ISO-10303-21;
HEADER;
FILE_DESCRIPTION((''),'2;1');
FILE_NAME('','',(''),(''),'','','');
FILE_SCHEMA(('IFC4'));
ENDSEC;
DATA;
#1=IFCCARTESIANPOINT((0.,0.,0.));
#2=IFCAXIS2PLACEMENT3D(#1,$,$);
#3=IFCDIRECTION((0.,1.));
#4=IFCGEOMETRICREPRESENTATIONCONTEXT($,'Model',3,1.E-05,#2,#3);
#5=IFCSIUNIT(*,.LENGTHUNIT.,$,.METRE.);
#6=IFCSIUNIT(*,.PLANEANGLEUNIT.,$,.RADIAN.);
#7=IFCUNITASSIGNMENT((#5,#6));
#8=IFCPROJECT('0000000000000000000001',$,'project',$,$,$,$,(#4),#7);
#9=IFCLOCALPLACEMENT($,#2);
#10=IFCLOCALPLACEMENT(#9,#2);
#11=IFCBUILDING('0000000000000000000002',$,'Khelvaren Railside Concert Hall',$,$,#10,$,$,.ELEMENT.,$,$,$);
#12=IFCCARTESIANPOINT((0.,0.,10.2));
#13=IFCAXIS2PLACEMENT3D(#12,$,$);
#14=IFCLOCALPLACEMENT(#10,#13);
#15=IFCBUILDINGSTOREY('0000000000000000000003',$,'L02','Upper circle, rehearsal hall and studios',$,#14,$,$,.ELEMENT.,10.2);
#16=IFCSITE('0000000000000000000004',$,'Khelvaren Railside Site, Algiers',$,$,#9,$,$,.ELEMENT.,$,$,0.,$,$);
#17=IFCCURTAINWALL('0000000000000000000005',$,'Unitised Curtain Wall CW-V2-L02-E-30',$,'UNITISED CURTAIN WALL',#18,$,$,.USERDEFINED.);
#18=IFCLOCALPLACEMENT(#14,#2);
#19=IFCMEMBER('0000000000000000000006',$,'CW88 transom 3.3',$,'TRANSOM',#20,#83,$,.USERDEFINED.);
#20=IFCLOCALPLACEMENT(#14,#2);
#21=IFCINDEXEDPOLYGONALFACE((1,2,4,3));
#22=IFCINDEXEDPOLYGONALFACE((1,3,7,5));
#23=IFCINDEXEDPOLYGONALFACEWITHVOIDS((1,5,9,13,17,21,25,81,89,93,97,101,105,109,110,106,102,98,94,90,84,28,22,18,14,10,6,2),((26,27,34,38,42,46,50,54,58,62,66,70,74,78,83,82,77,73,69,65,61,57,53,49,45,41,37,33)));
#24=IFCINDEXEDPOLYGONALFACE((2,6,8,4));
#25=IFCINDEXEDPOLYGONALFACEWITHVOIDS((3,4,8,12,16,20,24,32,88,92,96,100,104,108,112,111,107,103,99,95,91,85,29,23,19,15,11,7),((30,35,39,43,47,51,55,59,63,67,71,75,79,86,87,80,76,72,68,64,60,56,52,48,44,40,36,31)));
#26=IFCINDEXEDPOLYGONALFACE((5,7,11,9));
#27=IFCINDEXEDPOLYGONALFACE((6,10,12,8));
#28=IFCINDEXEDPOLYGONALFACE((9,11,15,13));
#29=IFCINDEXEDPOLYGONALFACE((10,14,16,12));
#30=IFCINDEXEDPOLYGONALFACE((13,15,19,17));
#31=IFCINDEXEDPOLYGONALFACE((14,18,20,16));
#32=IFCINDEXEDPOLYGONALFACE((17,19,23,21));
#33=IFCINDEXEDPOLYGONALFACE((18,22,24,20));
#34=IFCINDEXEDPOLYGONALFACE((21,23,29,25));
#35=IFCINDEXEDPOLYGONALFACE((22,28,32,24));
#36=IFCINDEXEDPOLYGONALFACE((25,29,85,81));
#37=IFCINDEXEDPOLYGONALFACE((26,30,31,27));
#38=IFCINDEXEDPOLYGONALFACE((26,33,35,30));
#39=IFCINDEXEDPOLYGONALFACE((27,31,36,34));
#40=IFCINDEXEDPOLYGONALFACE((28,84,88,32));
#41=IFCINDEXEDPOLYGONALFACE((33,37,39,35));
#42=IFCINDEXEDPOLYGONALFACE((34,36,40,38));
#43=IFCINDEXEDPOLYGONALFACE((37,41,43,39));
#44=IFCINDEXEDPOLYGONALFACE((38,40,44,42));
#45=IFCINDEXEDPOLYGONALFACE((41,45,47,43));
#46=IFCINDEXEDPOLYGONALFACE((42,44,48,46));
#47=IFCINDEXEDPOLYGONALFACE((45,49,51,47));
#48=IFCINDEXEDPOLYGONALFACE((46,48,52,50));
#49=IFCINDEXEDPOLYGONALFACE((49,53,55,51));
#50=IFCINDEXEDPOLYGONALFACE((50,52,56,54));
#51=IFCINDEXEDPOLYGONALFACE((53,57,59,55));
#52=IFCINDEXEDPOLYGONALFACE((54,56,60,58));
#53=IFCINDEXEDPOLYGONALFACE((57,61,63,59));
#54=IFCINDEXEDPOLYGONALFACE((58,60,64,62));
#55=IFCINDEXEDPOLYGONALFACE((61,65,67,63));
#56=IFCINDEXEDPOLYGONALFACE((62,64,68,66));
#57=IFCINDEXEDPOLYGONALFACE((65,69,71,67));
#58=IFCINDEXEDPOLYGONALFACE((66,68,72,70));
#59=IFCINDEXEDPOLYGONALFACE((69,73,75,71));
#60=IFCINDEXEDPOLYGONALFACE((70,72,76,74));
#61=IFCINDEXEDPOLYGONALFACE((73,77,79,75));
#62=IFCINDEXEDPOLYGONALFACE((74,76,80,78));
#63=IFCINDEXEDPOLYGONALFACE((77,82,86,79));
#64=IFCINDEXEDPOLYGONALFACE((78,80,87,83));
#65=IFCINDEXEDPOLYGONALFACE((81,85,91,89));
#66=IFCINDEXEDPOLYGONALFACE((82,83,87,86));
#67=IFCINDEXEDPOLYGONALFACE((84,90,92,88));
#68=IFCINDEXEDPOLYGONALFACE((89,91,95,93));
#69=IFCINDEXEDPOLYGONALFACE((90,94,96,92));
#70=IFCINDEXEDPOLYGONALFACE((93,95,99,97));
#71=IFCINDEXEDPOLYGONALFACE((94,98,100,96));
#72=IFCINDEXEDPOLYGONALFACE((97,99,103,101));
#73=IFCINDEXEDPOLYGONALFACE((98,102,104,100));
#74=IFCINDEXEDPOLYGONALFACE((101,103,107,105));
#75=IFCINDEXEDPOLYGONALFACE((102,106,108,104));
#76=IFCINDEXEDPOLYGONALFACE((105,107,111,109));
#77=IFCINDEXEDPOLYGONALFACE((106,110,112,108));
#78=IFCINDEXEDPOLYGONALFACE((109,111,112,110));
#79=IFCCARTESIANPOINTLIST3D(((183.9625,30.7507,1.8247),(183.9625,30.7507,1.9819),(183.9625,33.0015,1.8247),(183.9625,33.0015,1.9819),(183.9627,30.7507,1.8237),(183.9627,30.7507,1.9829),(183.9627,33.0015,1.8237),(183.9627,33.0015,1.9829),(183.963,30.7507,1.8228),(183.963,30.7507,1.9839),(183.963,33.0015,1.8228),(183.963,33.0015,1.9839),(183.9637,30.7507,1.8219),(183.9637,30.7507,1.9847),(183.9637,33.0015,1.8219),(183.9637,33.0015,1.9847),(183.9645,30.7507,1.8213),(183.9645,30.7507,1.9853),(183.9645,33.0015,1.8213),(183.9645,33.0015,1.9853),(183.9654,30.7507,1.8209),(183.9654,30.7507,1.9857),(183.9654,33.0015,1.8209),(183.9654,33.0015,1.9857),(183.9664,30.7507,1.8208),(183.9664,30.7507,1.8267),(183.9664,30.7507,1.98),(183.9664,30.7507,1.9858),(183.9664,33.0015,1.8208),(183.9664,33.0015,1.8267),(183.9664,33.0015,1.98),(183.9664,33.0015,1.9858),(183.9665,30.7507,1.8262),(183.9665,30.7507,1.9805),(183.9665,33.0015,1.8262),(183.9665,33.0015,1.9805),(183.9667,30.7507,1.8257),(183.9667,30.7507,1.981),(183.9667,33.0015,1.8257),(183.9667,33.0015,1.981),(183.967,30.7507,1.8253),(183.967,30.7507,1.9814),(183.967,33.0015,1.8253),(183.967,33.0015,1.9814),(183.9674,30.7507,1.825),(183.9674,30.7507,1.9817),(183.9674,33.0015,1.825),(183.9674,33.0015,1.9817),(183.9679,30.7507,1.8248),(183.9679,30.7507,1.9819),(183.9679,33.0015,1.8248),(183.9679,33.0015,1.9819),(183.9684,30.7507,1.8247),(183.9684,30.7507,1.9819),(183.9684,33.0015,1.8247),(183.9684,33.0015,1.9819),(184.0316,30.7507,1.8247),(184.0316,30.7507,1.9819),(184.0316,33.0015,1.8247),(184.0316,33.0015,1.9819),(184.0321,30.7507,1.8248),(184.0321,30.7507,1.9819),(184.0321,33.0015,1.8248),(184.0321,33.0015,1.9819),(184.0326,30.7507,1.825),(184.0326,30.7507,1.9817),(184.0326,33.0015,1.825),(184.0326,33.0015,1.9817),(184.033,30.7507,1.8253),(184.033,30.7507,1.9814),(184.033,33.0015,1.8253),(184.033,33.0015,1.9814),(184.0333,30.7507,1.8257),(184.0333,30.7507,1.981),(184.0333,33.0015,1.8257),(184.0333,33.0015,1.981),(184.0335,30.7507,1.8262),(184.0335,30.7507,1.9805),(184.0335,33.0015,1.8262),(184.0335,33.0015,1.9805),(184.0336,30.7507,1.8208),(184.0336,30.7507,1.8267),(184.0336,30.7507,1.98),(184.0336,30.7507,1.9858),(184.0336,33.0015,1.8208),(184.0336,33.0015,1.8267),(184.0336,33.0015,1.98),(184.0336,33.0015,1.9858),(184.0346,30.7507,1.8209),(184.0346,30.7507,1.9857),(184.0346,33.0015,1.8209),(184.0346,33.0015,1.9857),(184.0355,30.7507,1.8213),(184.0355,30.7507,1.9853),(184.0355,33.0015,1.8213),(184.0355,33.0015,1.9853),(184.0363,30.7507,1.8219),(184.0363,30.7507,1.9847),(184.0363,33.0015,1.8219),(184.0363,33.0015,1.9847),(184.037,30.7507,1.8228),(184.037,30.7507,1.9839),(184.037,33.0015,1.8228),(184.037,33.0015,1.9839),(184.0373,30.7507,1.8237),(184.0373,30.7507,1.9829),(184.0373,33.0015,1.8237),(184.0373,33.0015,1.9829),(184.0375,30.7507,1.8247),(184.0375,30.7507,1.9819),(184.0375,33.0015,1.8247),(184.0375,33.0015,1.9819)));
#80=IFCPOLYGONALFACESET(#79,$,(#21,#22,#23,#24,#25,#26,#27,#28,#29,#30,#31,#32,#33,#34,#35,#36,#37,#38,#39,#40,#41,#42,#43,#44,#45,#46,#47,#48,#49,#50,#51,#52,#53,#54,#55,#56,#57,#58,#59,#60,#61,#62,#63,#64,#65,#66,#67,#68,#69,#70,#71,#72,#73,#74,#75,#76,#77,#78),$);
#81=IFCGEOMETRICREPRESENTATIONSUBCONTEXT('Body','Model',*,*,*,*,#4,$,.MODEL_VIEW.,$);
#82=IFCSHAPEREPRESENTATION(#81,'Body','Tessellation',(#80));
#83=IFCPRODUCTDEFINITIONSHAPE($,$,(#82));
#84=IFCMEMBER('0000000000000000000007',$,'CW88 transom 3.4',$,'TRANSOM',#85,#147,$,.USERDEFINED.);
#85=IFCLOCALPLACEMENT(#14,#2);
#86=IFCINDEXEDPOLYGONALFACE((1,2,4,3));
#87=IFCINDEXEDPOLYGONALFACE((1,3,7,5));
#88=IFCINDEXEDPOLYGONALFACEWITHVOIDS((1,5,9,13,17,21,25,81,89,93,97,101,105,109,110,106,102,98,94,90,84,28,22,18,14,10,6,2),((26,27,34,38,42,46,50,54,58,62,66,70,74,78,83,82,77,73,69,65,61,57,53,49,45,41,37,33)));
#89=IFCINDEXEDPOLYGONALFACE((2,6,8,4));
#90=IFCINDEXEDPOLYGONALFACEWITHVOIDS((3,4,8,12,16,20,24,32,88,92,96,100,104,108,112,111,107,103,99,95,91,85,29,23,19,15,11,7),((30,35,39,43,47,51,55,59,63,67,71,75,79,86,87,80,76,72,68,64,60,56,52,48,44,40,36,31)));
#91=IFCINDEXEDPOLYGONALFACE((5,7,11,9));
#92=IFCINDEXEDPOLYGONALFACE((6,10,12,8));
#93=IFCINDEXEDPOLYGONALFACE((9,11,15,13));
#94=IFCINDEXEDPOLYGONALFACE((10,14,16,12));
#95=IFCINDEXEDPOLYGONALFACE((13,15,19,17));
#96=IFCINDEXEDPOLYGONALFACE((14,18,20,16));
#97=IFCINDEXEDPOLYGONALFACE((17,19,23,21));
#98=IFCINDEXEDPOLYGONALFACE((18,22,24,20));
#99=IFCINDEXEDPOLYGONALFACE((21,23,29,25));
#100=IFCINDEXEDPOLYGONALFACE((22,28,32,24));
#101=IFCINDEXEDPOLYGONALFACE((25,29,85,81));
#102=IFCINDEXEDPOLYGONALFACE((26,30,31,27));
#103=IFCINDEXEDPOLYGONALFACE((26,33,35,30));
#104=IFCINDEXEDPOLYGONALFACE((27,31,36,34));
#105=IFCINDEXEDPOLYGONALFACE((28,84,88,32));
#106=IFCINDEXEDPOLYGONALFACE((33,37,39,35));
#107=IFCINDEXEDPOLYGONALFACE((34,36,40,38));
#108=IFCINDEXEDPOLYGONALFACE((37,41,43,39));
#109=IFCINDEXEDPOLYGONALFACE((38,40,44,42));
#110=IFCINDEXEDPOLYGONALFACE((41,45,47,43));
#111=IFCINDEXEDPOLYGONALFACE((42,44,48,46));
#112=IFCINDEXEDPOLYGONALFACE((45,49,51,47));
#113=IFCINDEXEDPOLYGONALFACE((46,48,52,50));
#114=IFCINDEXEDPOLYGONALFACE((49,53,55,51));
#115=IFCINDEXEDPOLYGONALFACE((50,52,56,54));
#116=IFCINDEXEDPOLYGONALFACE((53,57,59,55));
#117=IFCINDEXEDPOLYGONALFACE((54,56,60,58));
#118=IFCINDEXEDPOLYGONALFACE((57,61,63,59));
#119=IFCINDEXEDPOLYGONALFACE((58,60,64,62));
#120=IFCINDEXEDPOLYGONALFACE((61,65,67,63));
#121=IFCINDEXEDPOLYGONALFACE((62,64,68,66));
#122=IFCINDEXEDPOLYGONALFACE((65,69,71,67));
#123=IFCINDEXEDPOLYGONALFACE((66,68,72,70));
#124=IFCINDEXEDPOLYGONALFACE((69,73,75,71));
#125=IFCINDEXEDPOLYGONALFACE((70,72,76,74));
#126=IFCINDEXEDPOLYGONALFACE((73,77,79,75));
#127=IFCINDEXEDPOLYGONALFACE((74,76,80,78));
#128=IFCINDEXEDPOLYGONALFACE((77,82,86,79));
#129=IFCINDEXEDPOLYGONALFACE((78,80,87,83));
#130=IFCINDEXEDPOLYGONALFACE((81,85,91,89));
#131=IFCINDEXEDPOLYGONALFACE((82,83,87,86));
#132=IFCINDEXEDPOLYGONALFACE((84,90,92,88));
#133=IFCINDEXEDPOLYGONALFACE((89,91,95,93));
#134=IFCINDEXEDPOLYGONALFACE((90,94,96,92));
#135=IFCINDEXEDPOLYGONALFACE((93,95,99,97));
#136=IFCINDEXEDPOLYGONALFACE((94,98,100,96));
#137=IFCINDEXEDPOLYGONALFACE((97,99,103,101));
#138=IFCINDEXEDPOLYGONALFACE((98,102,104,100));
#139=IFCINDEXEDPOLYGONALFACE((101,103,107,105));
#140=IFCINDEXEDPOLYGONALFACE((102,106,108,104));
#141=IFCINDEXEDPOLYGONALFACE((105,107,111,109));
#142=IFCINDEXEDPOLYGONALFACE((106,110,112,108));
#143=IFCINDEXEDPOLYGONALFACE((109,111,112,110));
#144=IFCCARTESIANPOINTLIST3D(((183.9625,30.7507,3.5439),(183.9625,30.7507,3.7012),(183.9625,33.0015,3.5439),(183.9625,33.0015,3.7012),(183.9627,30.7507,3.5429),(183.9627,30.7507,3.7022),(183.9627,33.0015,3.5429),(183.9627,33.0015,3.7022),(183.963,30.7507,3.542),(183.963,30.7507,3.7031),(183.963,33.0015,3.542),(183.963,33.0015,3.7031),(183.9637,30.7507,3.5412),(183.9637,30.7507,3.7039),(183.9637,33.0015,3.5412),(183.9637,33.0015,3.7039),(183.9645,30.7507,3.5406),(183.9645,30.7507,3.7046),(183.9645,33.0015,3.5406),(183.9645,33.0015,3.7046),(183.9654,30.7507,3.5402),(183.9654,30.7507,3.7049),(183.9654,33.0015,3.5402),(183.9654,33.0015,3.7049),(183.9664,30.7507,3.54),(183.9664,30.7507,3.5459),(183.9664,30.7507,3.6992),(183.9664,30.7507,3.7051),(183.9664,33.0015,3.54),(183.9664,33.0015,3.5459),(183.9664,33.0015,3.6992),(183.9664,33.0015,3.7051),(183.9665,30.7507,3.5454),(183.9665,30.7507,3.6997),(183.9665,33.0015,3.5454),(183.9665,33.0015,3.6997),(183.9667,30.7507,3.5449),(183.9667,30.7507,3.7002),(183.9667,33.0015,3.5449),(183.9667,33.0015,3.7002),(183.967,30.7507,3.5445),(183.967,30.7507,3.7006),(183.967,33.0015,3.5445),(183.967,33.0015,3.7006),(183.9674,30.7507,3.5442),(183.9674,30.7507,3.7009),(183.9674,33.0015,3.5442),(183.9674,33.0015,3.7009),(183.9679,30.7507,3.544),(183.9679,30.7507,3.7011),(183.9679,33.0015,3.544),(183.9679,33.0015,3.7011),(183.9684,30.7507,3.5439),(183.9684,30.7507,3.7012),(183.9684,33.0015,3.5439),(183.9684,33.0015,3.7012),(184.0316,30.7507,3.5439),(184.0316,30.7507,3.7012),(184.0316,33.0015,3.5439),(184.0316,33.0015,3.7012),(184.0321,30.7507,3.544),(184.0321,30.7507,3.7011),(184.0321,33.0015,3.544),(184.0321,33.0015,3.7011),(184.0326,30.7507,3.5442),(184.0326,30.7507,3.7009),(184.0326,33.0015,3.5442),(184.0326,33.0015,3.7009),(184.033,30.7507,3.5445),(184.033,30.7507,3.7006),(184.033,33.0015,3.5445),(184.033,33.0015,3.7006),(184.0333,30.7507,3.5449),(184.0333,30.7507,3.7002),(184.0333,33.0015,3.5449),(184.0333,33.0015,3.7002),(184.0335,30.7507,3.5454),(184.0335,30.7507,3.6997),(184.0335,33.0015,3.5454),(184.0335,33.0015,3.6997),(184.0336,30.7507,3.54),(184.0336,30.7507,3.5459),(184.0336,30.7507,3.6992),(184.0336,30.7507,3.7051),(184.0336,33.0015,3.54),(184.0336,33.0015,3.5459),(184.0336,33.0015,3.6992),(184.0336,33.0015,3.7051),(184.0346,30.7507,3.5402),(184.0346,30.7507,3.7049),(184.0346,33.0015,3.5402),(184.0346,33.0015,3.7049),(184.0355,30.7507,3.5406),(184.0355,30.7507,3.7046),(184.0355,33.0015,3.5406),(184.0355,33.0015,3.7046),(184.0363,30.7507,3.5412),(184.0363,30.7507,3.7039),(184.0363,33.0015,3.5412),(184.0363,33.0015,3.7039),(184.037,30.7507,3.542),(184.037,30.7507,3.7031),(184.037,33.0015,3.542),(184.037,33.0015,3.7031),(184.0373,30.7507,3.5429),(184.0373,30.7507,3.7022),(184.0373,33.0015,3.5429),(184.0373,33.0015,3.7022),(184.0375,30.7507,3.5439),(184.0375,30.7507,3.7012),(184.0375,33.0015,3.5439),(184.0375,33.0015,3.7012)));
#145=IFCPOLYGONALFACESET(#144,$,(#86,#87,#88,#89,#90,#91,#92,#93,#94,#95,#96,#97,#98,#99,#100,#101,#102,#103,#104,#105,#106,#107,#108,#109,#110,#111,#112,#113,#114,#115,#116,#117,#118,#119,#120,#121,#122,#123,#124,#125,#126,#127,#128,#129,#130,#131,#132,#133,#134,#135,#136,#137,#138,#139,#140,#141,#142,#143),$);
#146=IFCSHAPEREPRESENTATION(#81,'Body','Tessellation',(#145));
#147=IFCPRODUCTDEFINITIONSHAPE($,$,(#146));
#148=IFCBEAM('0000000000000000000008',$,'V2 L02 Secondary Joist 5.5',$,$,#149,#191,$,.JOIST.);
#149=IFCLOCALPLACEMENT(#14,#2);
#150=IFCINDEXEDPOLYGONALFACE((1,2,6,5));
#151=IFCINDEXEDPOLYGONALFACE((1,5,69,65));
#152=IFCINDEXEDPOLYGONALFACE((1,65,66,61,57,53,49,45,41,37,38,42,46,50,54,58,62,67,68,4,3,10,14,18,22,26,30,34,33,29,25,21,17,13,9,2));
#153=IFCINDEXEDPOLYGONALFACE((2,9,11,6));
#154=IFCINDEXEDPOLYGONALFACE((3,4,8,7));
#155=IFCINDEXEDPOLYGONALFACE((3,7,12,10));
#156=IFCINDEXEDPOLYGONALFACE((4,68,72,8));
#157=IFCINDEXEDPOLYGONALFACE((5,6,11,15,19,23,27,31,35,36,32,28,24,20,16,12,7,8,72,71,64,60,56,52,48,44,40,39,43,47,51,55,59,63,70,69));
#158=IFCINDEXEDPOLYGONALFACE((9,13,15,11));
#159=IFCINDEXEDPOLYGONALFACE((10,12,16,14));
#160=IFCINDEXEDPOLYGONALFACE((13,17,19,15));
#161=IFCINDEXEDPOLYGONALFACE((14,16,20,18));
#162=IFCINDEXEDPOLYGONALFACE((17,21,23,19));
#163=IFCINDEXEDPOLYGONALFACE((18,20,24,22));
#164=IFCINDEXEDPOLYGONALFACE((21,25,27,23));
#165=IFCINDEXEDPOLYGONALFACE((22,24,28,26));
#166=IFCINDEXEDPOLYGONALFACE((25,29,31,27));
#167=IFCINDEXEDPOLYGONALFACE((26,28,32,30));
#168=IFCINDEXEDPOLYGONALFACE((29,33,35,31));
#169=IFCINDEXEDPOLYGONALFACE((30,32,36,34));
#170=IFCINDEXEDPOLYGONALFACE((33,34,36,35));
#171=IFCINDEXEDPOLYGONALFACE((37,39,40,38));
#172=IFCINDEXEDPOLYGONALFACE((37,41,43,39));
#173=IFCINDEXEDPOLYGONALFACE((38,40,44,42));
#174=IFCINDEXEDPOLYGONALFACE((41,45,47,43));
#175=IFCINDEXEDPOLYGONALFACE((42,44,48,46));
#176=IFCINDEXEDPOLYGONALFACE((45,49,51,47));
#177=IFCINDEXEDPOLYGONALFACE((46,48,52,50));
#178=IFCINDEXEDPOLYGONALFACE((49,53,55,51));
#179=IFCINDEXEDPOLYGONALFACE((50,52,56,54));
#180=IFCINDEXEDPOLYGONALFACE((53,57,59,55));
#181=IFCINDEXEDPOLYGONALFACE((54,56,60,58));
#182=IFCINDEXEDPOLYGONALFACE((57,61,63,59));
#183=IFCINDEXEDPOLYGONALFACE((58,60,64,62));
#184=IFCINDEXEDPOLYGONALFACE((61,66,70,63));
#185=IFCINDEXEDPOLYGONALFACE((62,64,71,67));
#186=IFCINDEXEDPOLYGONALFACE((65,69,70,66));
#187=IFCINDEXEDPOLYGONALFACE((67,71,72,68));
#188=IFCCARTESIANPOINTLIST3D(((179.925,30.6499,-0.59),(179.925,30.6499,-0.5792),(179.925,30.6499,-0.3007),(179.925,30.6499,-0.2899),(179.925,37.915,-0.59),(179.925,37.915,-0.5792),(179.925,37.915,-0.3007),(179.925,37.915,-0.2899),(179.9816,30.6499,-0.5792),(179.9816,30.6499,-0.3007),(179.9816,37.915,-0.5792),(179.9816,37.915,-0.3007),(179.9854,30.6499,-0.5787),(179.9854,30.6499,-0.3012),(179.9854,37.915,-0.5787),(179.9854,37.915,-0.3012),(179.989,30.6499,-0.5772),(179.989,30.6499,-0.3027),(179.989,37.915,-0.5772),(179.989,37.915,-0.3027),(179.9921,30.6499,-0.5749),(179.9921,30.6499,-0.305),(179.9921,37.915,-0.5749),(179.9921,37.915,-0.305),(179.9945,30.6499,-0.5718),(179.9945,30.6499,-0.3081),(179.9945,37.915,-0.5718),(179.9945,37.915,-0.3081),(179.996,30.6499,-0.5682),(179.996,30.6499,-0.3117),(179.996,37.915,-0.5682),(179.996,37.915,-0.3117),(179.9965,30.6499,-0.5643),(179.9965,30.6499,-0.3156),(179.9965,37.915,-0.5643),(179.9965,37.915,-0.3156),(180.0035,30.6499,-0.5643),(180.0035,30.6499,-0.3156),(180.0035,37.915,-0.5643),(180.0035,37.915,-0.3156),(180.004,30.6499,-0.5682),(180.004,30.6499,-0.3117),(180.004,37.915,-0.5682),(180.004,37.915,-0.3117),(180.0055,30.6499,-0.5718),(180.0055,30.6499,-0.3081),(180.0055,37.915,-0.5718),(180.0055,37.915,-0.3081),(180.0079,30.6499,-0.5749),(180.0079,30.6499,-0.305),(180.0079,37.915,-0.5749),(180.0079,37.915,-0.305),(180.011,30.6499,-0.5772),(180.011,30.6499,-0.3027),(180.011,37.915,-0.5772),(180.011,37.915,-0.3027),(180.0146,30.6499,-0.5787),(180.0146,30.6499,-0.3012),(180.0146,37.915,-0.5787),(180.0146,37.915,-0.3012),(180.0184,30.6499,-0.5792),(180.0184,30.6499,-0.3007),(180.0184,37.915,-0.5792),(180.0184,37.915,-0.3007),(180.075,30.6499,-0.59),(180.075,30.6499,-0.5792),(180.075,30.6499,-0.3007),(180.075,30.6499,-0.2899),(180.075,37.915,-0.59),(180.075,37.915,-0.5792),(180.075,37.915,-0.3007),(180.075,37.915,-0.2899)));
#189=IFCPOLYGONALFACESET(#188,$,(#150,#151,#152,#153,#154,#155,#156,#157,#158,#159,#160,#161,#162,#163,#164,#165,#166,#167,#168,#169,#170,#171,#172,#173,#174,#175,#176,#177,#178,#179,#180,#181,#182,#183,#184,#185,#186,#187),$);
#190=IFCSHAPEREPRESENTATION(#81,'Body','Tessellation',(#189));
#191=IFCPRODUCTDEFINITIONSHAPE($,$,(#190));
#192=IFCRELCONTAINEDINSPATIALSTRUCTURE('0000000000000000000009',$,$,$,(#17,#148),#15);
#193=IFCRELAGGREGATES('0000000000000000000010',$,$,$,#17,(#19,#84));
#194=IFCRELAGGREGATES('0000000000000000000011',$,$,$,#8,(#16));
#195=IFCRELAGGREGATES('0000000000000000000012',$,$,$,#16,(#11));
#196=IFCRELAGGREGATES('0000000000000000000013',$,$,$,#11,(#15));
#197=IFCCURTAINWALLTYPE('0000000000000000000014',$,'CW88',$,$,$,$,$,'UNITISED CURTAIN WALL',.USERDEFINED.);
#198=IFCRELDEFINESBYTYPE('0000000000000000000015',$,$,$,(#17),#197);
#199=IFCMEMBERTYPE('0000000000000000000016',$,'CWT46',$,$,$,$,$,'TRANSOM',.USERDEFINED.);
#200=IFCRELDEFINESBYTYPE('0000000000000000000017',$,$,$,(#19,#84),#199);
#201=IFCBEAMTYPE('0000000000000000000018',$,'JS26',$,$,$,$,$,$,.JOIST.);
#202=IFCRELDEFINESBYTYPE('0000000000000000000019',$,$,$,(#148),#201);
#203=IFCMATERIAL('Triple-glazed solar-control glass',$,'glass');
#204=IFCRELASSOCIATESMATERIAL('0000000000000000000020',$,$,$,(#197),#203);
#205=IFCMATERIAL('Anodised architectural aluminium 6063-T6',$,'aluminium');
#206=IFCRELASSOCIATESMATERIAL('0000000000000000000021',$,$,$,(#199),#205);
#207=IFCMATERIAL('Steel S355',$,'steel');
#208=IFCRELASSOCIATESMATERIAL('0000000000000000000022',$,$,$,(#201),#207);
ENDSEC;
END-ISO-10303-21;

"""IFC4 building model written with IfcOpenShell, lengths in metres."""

from ifc_helpers import new_model, si_unit, direction, frame, origin, origin_2d, place, context, subcontext, project, spatial, hollow_rectangle, i_section, extrude, material, material_profile, profile_set, type_object, element, aggregate, save


model = new_model("IFC4")

# Units and contexts
model_context = context("Model", 3, precision=1e-05, world=origin(), true_north=direction((0.0, 1.0)))
body_context = subcontext(model_context, "Body", "Model", "MODEL_VIEW")
ifc_project = project(units=[si_unit("LENGTHUNIT", "METRE"), si_unit("PLANEANGLEUNIT", "RADIAN")], contexts=[model_context])

# Site, building, storey
site_placement = place(None, origin())
site = spatial("IfcSite", under=ifc_project, at=site_placement, Name="Khelvaren Railside Site, Algiers", CompositionType="ELEMENT", RefElevation=0.0)
building_placement = place(site_placement, origin())
building = spatial("IfcBuilding", under=site, at=building_placement, Name="Khelvaren Railside Concert Hall", CompositionType="ELEMENT")
storey_placement = place(building_placement, frame((0.0, 0.0, 10.2)))
storey = spatial("IfcBuildingStorey", under=building, at=storey_placement, Name="L02", Description="Upper circle, rehearsal hall and studios", CompositionType="ELEMENT", Elevation=10.2)

# Shared definitions
ifc_material_1 = material(Name="Steel S355", Category="steel")

# Curtain wall
ifc_material_2 = material(Name="Triple-glazed solar-control glass", Category="glass")
curtain_wall_type_1 = type_object("IfcCurtainWallType", Name="CW88", ElementType="UNITISED CURTAIN WALL", PredefinedType="USERDEFINED", material=ifc_material_2)
curtain_wall_1_placement = place(storey_placement, origin())
curtain_wall_1 = element("IfcCurtainWall", 1, at=curtain_wall_1_placement, inside=storey, type_object=curtain_wall_type_1, Name="Unitised Curtain Wall CW-V2-L02-E-30", ObjectType="UNITISED CURTAIN WALL", PredefinedType="USERDEFINED")
ifc_material_3 = material(Name="Anodised architectural aluminium 6063-T6", Category="aluminium")

# Members
ifc_material_profile_1 = material_profile(ifc_material_3, hollow_rectangle(XDim=0.075, YDim=0.165, WallThickness=0.0039, InnerFilletRadius=0.002, OuterFilletRadius=0.0039, at=origin_2d()), Name="CWT 75x165x4")
ifc_profile_set_1 = profile_set([ifc_material_profile_1], Name="Anodised architectural aluminium 6063-T6")
member_type_1 = type_object("IfcMemberType", Name="CWT46", ElementType="TRANSOM", PredefinedType="USERDEFINED", material=ifc_profile_set_1)
member_1_placement = place(storey_placement, frame((184.0, 33.0015, 1.9033), z_axis=(0.0, -1.0, 0.0), x_axis=(1.0, 0.0, 0.0)))
member_1 = element("IfcMember", 2, at=member_1_placement, type_object=member_type_1, Name="CW88 transom 3.3", ObjectType="TRANSOM", PredefinedType="USERDEFINED", context=body_context, shape_type="SweptSolid", body=[
    extrude(hollow_rectangle(XDim=0.075, YDim=0.165, WallThickness=0.0039, InnerFilletRadius=0.002, OuterFilletRadius=0.0039, at=origin_2d()), origin(), (0.0, 0.0, 1.0), 2.2507),
])
member_2_placement = place(storey_placement, frame((184.0, 33.0015, 3.6226), z_axis=(0.0, -1.0, 0.0), x_axis=(1.0, 0.0, 0.0)))
member_2 = element("IfcMember", 3, at=member_2_placement, type_object=member_type_1, Name="CW88 transom 3.4", ObjectType="TRANSOM", PredefinedType="USERDEFINED", context=body_context, shape_type="SweptSolid", body=[
    extrude(hollow_rectangle(XDim=0.075, YDim=0.165, WallThickness=0.0039, InnerFilletRadius=0.002, OuterFilletRadius=0.0039, at=origin_2d()), origin(), (0.0, 0.0, 1.0), 2.2507),
])

# Beam
ifc_material_profile_2 = material_profile(ifc_material_1, i_section(OverallWidth=0.1499, OverallDepth=0.3, WebThickness=0.0071, FlangeThickness=0.0107, FilletRadius=0.0149, at=origin_2d()), Name="IPE 300")
ifc_profile_set_2 = profile_set([ifc_material_profile_2], Name="Steel S355")
beam_type_1 = type_object("IfcBeamType", Name="JS26", PredefinedType="JOIST", material=ifc_profile_set_2)
beam_1_placement = place(storey_placement, frame((180.0, 30.6499, -0.4399), z_axis=(0.0, 1.0, 0.0), x_axis=(-1.0, 0.0, 0.0)))
element("IfcBeam", 4, at=beam_1_placement, inside=storey, type_object=beam_type_1, Name="V2 L02 Secondary Joist 5.5", PredefinedType="JOIST", context=body_context, shape_type="SweptSolid", body=[
    extrude(i_section(OverallWidth=0.1499, OverallDepth=0.3, WebThickness=0.0071, FlangeThickness=0.0107, FilletRadius=0.0149, at=origin_2d()), origin(), (0.0, 0.0, 1.0), 7.2651),
])

aggregate(curtain_wall_1, [member_1, member_2])

save(model, "model.ifc")
